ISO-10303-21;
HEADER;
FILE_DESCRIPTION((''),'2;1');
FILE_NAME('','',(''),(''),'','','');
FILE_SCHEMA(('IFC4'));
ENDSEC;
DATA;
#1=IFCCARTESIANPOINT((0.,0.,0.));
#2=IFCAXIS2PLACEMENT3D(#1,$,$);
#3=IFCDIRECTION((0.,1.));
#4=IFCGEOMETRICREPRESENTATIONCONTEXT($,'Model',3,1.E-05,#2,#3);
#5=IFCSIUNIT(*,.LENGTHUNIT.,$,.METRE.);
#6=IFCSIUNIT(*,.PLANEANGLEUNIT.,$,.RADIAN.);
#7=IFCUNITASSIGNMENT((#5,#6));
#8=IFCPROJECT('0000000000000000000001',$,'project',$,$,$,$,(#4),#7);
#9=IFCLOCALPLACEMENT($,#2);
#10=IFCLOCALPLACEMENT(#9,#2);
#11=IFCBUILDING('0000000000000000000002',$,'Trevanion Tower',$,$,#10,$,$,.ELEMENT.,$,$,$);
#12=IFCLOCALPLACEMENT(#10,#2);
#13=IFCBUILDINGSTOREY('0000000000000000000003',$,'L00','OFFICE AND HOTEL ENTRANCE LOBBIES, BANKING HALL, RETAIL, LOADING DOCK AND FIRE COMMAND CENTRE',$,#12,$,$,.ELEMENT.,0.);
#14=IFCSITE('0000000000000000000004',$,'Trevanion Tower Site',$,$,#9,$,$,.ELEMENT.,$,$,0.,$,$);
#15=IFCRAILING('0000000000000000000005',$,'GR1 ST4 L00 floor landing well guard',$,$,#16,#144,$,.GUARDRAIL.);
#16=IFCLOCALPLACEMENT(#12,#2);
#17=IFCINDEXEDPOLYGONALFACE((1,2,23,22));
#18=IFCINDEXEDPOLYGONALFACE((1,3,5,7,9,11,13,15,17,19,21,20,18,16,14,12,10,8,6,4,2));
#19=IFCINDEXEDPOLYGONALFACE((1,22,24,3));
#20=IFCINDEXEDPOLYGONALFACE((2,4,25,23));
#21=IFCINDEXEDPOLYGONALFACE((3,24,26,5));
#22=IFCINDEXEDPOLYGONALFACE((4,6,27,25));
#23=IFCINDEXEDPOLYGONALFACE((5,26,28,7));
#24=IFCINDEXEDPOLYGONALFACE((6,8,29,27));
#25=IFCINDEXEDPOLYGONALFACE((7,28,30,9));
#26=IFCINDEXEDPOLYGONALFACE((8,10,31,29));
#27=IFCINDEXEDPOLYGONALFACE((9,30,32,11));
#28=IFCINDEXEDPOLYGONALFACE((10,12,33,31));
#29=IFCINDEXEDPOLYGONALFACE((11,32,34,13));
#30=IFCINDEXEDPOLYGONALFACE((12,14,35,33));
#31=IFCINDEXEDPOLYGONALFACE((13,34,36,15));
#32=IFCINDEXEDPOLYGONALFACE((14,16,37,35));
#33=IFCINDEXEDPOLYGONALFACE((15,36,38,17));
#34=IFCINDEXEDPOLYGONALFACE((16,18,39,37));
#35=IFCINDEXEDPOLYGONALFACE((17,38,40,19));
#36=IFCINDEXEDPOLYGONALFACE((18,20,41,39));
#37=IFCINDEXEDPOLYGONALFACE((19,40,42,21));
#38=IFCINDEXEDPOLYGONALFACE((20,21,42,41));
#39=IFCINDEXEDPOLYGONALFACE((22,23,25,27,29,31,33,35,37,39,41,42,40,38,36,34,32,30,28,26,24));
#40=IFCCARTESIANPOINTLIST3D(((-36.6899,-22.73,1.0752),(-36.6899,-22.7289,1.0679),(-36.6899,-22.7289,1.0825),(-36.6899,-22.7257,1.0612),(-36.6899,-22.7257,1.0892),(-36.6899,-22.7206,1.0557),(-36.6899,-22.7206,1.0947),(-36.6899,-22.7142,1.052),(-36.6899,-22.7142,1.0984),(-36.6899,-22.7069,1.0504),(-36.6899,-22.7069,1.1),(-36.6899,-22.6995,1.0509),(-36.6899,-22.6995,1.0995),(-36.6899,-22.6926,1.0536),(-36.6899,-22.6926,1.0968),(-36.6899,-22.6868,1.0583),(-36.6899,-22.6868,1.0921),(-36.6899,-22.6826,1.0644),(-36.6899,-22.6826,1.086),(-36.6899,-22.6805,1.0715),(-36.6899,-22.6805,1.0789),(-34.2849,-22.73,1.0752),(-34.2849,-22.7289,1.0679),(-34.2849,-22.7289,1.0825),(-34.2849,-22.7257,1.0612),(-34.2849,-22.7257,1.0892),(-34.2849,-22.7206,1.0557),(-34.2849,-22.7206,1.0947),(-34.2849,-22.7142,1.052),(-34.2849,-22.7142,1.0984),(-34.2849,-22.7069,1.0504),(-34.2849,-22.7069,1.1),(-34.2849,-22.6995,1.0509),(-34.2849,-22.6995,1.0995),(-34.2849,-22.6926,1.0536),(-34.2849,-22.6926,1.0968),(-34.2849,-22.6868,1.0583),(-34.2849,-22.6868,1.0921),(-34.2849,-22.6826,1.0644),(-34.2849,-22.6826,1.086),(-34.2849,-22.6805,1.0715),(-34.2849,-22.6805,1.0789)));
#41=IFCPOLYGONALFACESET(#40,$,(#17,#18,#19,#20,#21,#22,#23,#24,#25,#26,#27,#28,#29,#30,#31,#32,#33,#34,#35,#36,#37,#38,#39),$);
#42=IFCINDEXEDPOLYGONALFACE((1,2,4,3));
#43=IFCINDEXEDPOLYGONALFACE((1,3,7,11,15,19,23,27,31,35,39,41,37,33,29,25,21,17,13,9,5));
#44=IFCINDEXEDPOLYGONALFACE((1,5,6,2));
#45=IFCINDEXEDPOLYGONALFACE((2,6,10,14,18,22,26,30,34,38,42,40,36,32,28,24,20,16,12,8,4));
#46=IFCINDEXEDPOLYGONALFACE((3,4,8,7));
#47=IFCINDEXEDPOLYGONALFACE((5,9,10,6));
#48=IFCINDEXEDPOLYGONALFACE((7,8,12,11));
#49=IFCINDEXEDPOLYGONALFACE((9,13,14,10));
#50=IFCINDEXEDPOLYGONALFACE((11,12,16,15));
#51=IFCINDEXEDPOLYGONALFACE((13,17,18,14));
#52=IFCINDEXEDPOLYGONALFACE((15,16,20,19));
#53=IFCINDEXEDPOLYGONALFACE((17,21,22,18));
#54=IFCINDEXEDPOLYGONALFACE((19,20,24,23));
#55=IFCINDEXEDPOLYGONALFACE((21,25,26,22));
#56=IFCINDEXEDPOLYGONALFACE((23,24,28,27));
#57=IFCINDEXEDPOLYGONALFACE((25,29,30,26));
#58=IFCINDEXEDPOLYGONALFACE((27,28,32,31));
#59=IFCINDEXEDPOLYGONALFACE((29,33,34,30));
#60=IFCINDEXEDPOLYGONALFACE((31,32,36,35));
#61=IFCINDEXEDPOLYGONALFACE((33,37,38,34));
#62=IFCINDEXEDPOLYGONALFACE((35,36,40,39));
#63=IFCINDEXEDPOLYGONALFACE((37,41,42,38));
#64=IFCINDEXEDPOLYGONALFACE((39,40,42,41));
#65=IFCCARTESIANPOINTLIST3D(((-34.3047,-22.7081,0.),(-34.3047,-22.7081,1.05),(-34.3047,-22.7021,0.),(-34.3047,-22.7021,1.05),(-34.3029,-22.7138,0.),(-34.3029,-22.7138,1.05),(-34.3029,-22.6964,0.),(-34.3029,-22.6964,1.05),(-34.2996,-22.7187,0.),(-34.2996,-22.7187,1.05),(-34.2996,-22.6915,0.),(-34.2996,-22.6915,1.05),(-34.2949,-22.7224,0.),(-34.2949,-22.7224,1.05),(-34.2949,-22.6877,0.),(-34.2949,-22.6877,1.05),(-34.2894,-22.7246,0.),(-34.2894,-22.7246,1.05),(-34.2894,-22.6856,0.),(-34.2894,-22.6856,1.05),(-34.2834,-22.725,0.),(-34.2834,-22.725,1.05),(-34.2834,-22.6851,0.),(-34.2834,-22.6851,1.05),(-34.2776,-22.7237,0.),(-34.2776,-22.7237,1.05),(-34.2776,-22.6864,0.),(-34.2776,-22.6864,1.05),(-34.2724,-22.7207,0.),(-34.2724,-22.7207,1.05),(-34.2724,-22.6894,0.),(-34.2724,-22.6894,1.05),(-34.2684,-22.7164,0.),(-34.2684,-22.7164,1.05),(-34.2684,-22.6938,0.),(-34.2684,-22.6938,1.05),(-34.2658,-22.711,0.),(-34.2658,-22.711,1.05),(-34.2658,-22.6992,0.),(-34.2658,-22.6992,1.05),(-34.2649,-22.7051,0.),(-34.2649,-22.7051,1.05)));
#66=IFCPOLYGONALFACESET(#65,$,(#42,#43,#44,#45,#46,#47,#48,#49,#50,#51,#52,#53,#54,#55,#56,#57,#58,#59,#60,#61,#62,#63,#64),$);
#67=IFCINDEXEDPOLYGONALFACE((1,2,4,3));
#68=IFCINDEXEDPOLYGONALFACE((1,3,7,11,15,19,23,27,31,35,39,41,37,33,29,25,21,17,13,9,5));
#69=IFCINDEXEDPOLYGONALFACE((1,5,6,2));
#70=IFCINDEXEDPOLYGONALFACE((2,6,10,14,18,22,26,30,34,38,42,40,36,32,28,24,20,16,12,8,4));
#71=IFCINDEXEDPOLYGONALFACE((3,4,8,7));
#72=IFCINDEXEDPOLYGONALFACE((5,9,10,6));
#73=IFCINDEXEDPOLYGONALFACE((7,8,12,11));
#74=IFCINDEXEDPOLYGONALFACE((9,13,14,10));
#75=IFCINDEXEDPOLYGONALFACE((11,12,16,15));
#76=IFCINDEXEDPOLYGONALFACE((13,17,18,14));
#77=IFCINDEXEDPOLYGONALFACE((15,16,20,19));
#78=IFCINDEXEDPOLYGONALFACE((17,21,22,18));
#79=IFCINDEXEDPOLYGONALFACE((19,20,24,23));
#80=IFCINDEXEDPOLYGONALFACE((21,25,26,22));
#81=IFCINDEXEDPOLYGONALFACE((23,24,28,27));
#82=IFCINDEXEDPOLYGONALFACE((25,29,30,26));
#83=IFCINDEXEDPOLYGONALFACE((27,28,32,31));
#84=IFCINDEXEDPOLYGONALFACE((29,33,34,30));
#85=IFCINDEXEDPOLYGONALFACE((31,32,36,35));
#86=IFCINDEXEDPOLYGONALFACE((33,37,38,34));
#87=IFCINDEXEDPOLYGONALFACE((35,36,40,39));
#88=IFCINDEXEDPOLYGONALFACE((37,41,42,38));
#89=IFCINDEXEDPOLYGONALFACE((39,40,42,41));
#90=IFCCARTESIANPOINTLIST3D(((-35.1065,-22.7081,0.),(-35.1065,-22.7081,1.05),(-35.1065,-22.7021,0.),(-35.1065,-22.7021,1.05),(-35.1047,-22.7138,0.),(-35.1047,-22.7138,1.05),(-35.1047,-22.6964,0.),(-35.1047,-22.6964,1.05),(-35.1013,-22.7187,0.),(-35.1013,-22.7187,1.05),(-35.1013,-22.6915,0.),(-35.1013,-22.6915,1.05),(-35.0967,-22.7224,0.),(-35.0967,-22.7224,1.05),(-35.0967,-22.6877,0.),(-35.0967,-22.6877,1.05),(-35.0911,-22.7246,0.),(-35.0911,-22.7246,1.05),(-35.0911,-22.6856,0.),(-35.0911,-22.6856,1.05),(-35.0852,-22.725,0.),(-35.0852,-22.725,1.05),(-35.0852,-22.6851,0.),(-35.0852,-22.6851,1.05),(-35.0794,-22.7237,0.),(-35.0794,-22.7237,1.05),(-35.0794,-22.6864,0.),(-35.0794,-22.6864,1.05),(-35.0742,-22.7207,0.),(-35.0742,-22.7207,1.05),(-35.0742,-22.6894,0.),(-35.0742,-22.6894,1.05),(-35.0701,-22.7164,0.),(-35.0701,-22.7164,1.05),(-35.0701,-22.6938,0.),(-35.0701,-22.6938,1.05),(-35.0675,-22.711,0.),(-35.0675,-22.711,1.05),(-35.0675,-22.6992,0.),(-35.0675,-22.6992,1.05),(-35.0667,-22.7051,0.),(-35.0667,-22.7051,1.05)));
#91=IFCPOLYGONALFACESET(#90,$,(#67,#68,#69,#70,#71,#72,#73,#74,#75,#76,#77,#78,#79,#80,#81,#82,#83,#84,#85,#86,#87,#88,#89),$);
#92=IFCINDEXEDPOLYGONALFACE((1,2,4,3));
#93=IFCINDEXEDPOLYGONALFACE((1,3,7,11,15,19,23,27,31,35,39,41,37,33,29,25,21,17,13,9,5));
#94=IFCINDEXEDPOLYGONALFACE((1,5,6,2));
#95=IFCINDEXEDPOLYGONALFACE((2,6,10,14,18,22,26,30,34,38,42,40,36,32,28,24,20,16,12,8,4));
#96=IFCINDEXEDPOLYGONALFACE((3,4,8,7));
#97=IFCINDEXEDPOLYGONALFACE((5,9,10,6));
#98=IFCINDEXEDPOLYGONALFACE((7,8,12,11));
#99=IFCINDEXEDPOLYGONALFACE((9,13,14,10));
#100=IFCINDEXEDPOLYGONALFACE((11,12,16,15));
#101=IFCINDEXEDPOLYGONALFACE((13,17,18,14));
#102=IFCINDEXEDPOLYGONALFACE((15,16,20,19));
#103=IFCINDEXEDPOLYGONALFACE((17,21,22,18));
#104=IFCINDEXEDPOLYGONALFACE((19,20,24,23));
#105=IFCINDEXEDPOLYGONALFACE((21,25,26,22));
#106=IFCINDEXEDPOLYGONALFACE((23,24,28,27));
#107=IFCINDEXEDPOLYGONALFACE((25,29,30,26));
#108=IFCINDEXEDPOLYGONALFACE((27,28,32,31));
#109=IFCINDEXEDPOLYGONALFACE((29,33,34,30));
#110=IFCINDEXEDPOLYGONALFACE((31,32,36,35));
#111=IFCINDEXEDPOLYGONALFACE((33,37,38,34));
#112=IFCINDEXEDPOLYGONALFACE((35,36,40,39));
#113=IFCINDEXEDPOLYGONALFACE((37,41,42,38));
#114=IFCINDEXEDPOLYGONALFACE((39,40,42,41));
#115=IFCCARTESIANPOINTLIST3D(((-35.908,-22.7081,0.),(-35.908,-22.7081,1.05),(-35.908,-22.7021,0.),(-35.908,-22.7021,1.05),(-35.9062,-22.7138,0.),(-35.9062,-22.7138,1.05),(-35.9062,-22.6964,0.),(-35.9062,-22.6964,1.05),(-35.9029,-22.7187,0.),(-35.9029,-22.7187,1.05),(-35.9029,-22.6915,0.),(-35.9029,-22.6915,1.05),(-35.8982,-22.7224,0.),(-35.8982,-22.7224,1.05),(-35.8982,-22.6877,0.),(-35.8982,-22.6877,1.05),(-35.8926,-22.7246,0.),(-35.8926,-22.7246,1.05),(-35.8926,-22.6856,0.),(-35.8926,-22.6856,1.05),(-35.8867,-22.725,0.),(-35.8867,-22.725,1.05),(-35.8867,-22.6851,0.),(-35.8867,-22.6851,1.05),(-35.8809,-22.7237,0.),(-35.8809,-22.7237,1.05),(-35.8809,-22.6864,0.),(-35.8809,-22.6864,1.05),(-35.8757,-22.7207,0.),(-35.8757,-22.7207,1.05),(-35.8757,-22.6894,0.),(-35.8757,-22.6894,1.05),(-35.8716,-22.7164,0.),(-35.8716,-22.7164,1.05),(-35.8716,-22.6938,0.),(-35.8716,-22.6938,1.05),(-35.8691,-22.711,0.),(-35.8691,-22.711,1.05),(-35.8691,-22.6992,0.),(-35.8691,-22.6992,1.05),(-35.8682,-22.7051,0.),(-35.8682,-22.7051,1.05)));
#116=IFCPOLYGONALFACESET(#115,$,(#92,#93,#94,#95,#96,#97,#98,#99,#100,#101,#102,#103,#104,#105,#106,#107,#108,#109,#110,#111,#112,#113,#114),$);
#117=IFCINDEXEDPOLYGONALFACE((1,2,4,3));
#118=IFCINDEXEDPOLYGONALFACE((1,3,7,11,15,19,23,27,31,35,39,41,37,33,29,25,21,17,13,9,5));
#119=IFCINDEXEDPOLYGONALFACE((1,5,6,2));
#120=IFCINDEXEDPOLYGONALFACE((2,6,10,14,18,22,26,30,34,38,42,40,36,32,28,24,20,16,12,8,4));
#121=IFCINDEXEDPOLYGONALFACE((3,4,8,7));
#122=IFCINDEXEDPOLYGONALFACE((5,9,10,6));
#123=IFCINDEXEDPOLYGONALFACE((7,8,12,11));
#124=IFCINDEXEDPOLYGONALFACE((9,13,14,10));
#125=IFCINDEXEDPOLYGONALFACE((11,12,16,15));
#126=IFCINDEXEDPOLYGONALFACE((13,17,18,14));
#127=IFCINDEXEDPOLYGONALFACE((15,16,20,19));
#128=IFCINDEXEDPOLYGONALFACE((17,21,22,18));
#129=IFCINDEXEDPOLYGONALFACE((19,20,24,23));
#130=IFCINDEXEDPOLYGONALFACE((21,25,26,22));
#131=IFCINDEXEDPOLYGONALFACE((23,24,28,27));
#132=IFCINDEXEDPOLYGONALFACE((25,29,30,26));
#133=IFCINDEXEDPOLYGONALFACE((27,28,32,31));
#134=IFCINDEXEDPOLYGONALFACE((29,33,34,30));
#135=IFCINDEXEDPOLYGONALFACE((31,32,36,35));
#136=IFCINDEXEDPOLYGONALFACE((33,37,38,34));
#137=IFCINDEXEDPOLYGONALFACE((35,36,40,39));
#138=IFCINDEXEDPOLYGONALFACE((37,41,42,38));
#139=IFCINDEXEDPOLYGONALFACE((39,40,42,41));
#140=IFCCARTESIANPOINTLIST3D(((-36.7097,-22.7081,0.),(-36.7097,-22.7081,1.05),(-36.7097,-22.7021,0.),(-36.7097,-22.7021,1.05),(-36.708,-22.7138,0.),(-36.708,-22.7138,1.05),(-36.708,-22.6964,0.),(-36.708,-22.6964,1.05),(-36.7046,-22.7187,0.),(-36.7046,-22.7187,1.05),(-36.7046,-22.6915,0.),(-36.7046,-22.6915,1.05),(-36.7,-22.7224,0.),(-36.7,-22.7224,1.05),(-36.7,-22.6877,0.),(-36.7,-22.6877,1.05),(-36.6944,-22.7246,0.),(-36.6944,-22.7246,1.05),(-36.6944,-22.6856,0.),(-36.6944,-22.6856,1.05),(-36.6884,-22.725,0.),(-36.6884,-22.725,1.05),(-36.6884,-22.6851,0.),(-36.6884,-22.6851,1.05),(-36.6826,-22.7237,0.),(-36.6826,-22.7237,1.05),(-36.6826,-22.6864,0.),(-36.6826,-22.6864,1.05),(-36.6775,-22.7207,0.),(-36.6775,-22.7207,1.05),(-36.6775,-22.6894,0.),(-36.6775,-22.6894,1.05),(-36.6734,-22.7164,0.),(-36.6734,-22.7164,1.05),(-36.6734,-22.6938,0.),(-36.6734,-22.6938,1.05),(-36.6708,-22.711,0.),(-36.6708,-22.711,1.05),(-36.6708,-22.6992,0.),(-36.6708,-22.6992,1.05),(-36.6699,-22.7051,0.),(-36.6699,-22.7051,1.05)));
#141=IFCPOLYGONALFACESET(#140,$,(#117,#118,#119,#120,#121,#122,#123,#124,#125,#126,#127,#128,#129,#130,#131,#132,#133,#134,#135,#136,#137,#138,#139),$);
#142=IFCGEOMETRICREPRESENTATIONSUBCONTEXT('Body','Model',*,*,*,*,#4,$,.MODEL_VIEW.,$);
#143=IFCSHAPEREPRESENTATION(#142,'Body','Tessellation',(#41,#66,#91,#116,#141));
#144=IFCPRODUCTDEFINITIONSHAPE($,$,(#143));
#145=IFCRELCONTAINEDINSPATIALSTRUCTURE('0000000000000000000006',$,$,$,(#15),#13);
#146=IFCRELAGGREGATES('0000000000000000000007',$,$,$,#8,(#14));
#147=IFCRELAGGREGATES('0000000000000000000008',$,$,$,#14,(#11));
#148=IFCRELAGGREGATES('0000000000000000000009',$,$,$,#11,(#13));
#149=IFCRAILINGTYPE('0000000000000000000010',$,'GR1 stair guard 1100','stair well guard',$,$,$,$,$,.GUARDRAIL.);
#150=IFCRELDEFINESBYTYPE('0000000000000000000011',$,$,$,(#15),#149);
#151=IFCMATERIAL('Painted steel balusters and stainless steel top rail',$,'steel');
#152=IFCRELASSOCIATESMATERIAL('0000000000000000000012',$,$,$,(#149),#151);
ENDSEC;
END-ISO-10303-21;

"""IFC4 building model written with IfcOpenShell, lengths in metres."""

from ifc_helpers import new_model, si_unit, direction, frame, origin, origin_2d, place, context, subcontext, project, spatial, circle, extrude, material, type_object, element, save


model = new_model("IFC4")

# Units and contexts
model_context = context("Model", 3, precision=1e-05, world=origin(), true_north=direction((0.0, 1.0)))
body_context = subcontext(model_context, "Body", "Model", "MODEL_VIEW")
ifc_project = project(units=[si_unit("LENGTHUNIT", "METRE"), si_unit("PLANEANGLEUNIT", "RADIAN")], contexts=[model_context])

# Site, building, storey
site_placement = place(None, origin())
site = spatial("IfcSite", under=ifc_project, at=site_placement, Name="Trevanion Tower Site", CompositionType="ELEMENT", RefElevation=0.0)
building_placement = place(site_placement, origin())
building = spatial("IfcBuilding", under=site, at=building_placement, Name="Trevanion Tower", CompositionType="ELEMENT")
storey_placement = place(building_placement, origin())
storey = spatial("IfcBuildingStorey", under=building, at=storey_placement, Name="L00", Description="OFFICE AND HOTEL ENTRANCE LOBBIES, BANKING HALL, RETAIL, LOADING DOCK AND FIRE COMMAND CENTRE", CompositionType="ELEMENT", Elevation=0.0)

# Railing
ifc_material_1 = material(Name="Painted steel balusters and stainless steel top rail", Category="steel")
railing_type_1 = type_object("IfcRailingType", Name="GR1 stair guard 1100", Description="stair well guard", PredefinedType="GUARDRAIL", material=ifc_material_1)
for number, where, name in (
    (1, (-34.2849, -22.7051, 0.0), "GR1 ST4 L00 floor landing well guard"),
):
    element("IfcRailing", number, at=place(storey_placement, frame(where)), inside=storey, type_object=railing_type_1, Name=name, PredefinedType="GUARDRAIL", context=body_context, shape_type="SweptSolid", body=[
        extrude(circle(Radius=0.0249, at=origin_2d()), frame((0.0, 0.0, 1.0752), z_axis=(-1.0, 0.0, 0.0), x_axis=(0.0, -1.0, 0.0)), (0.0, 0.0, 1.0), 2.405),
        extrude(circle(Radius=0.02, at=origin_2d()), origin(), (0.0, 0.0, 1.0), 1.05),
        extrude(circle(Radius=0.02, at=origin_2d()), frame((-0.8018, 0.0, 0.0)), (0.0, 0.0, 1.0), 1.05),
        extrude(circle(Radius=0.02, at=origin_2d()), frame((-1.6033, 0.0, 0.0)), (0.0, 0.0, 1.0), 1.05),
        extrude(circle(Radius=0.02, at=origin_2d()), frame((-2.405, 0.0, 0.0)), (0.0, 0.0, 1.0), 1.05),
    ])

save(model, "model.ifc")
